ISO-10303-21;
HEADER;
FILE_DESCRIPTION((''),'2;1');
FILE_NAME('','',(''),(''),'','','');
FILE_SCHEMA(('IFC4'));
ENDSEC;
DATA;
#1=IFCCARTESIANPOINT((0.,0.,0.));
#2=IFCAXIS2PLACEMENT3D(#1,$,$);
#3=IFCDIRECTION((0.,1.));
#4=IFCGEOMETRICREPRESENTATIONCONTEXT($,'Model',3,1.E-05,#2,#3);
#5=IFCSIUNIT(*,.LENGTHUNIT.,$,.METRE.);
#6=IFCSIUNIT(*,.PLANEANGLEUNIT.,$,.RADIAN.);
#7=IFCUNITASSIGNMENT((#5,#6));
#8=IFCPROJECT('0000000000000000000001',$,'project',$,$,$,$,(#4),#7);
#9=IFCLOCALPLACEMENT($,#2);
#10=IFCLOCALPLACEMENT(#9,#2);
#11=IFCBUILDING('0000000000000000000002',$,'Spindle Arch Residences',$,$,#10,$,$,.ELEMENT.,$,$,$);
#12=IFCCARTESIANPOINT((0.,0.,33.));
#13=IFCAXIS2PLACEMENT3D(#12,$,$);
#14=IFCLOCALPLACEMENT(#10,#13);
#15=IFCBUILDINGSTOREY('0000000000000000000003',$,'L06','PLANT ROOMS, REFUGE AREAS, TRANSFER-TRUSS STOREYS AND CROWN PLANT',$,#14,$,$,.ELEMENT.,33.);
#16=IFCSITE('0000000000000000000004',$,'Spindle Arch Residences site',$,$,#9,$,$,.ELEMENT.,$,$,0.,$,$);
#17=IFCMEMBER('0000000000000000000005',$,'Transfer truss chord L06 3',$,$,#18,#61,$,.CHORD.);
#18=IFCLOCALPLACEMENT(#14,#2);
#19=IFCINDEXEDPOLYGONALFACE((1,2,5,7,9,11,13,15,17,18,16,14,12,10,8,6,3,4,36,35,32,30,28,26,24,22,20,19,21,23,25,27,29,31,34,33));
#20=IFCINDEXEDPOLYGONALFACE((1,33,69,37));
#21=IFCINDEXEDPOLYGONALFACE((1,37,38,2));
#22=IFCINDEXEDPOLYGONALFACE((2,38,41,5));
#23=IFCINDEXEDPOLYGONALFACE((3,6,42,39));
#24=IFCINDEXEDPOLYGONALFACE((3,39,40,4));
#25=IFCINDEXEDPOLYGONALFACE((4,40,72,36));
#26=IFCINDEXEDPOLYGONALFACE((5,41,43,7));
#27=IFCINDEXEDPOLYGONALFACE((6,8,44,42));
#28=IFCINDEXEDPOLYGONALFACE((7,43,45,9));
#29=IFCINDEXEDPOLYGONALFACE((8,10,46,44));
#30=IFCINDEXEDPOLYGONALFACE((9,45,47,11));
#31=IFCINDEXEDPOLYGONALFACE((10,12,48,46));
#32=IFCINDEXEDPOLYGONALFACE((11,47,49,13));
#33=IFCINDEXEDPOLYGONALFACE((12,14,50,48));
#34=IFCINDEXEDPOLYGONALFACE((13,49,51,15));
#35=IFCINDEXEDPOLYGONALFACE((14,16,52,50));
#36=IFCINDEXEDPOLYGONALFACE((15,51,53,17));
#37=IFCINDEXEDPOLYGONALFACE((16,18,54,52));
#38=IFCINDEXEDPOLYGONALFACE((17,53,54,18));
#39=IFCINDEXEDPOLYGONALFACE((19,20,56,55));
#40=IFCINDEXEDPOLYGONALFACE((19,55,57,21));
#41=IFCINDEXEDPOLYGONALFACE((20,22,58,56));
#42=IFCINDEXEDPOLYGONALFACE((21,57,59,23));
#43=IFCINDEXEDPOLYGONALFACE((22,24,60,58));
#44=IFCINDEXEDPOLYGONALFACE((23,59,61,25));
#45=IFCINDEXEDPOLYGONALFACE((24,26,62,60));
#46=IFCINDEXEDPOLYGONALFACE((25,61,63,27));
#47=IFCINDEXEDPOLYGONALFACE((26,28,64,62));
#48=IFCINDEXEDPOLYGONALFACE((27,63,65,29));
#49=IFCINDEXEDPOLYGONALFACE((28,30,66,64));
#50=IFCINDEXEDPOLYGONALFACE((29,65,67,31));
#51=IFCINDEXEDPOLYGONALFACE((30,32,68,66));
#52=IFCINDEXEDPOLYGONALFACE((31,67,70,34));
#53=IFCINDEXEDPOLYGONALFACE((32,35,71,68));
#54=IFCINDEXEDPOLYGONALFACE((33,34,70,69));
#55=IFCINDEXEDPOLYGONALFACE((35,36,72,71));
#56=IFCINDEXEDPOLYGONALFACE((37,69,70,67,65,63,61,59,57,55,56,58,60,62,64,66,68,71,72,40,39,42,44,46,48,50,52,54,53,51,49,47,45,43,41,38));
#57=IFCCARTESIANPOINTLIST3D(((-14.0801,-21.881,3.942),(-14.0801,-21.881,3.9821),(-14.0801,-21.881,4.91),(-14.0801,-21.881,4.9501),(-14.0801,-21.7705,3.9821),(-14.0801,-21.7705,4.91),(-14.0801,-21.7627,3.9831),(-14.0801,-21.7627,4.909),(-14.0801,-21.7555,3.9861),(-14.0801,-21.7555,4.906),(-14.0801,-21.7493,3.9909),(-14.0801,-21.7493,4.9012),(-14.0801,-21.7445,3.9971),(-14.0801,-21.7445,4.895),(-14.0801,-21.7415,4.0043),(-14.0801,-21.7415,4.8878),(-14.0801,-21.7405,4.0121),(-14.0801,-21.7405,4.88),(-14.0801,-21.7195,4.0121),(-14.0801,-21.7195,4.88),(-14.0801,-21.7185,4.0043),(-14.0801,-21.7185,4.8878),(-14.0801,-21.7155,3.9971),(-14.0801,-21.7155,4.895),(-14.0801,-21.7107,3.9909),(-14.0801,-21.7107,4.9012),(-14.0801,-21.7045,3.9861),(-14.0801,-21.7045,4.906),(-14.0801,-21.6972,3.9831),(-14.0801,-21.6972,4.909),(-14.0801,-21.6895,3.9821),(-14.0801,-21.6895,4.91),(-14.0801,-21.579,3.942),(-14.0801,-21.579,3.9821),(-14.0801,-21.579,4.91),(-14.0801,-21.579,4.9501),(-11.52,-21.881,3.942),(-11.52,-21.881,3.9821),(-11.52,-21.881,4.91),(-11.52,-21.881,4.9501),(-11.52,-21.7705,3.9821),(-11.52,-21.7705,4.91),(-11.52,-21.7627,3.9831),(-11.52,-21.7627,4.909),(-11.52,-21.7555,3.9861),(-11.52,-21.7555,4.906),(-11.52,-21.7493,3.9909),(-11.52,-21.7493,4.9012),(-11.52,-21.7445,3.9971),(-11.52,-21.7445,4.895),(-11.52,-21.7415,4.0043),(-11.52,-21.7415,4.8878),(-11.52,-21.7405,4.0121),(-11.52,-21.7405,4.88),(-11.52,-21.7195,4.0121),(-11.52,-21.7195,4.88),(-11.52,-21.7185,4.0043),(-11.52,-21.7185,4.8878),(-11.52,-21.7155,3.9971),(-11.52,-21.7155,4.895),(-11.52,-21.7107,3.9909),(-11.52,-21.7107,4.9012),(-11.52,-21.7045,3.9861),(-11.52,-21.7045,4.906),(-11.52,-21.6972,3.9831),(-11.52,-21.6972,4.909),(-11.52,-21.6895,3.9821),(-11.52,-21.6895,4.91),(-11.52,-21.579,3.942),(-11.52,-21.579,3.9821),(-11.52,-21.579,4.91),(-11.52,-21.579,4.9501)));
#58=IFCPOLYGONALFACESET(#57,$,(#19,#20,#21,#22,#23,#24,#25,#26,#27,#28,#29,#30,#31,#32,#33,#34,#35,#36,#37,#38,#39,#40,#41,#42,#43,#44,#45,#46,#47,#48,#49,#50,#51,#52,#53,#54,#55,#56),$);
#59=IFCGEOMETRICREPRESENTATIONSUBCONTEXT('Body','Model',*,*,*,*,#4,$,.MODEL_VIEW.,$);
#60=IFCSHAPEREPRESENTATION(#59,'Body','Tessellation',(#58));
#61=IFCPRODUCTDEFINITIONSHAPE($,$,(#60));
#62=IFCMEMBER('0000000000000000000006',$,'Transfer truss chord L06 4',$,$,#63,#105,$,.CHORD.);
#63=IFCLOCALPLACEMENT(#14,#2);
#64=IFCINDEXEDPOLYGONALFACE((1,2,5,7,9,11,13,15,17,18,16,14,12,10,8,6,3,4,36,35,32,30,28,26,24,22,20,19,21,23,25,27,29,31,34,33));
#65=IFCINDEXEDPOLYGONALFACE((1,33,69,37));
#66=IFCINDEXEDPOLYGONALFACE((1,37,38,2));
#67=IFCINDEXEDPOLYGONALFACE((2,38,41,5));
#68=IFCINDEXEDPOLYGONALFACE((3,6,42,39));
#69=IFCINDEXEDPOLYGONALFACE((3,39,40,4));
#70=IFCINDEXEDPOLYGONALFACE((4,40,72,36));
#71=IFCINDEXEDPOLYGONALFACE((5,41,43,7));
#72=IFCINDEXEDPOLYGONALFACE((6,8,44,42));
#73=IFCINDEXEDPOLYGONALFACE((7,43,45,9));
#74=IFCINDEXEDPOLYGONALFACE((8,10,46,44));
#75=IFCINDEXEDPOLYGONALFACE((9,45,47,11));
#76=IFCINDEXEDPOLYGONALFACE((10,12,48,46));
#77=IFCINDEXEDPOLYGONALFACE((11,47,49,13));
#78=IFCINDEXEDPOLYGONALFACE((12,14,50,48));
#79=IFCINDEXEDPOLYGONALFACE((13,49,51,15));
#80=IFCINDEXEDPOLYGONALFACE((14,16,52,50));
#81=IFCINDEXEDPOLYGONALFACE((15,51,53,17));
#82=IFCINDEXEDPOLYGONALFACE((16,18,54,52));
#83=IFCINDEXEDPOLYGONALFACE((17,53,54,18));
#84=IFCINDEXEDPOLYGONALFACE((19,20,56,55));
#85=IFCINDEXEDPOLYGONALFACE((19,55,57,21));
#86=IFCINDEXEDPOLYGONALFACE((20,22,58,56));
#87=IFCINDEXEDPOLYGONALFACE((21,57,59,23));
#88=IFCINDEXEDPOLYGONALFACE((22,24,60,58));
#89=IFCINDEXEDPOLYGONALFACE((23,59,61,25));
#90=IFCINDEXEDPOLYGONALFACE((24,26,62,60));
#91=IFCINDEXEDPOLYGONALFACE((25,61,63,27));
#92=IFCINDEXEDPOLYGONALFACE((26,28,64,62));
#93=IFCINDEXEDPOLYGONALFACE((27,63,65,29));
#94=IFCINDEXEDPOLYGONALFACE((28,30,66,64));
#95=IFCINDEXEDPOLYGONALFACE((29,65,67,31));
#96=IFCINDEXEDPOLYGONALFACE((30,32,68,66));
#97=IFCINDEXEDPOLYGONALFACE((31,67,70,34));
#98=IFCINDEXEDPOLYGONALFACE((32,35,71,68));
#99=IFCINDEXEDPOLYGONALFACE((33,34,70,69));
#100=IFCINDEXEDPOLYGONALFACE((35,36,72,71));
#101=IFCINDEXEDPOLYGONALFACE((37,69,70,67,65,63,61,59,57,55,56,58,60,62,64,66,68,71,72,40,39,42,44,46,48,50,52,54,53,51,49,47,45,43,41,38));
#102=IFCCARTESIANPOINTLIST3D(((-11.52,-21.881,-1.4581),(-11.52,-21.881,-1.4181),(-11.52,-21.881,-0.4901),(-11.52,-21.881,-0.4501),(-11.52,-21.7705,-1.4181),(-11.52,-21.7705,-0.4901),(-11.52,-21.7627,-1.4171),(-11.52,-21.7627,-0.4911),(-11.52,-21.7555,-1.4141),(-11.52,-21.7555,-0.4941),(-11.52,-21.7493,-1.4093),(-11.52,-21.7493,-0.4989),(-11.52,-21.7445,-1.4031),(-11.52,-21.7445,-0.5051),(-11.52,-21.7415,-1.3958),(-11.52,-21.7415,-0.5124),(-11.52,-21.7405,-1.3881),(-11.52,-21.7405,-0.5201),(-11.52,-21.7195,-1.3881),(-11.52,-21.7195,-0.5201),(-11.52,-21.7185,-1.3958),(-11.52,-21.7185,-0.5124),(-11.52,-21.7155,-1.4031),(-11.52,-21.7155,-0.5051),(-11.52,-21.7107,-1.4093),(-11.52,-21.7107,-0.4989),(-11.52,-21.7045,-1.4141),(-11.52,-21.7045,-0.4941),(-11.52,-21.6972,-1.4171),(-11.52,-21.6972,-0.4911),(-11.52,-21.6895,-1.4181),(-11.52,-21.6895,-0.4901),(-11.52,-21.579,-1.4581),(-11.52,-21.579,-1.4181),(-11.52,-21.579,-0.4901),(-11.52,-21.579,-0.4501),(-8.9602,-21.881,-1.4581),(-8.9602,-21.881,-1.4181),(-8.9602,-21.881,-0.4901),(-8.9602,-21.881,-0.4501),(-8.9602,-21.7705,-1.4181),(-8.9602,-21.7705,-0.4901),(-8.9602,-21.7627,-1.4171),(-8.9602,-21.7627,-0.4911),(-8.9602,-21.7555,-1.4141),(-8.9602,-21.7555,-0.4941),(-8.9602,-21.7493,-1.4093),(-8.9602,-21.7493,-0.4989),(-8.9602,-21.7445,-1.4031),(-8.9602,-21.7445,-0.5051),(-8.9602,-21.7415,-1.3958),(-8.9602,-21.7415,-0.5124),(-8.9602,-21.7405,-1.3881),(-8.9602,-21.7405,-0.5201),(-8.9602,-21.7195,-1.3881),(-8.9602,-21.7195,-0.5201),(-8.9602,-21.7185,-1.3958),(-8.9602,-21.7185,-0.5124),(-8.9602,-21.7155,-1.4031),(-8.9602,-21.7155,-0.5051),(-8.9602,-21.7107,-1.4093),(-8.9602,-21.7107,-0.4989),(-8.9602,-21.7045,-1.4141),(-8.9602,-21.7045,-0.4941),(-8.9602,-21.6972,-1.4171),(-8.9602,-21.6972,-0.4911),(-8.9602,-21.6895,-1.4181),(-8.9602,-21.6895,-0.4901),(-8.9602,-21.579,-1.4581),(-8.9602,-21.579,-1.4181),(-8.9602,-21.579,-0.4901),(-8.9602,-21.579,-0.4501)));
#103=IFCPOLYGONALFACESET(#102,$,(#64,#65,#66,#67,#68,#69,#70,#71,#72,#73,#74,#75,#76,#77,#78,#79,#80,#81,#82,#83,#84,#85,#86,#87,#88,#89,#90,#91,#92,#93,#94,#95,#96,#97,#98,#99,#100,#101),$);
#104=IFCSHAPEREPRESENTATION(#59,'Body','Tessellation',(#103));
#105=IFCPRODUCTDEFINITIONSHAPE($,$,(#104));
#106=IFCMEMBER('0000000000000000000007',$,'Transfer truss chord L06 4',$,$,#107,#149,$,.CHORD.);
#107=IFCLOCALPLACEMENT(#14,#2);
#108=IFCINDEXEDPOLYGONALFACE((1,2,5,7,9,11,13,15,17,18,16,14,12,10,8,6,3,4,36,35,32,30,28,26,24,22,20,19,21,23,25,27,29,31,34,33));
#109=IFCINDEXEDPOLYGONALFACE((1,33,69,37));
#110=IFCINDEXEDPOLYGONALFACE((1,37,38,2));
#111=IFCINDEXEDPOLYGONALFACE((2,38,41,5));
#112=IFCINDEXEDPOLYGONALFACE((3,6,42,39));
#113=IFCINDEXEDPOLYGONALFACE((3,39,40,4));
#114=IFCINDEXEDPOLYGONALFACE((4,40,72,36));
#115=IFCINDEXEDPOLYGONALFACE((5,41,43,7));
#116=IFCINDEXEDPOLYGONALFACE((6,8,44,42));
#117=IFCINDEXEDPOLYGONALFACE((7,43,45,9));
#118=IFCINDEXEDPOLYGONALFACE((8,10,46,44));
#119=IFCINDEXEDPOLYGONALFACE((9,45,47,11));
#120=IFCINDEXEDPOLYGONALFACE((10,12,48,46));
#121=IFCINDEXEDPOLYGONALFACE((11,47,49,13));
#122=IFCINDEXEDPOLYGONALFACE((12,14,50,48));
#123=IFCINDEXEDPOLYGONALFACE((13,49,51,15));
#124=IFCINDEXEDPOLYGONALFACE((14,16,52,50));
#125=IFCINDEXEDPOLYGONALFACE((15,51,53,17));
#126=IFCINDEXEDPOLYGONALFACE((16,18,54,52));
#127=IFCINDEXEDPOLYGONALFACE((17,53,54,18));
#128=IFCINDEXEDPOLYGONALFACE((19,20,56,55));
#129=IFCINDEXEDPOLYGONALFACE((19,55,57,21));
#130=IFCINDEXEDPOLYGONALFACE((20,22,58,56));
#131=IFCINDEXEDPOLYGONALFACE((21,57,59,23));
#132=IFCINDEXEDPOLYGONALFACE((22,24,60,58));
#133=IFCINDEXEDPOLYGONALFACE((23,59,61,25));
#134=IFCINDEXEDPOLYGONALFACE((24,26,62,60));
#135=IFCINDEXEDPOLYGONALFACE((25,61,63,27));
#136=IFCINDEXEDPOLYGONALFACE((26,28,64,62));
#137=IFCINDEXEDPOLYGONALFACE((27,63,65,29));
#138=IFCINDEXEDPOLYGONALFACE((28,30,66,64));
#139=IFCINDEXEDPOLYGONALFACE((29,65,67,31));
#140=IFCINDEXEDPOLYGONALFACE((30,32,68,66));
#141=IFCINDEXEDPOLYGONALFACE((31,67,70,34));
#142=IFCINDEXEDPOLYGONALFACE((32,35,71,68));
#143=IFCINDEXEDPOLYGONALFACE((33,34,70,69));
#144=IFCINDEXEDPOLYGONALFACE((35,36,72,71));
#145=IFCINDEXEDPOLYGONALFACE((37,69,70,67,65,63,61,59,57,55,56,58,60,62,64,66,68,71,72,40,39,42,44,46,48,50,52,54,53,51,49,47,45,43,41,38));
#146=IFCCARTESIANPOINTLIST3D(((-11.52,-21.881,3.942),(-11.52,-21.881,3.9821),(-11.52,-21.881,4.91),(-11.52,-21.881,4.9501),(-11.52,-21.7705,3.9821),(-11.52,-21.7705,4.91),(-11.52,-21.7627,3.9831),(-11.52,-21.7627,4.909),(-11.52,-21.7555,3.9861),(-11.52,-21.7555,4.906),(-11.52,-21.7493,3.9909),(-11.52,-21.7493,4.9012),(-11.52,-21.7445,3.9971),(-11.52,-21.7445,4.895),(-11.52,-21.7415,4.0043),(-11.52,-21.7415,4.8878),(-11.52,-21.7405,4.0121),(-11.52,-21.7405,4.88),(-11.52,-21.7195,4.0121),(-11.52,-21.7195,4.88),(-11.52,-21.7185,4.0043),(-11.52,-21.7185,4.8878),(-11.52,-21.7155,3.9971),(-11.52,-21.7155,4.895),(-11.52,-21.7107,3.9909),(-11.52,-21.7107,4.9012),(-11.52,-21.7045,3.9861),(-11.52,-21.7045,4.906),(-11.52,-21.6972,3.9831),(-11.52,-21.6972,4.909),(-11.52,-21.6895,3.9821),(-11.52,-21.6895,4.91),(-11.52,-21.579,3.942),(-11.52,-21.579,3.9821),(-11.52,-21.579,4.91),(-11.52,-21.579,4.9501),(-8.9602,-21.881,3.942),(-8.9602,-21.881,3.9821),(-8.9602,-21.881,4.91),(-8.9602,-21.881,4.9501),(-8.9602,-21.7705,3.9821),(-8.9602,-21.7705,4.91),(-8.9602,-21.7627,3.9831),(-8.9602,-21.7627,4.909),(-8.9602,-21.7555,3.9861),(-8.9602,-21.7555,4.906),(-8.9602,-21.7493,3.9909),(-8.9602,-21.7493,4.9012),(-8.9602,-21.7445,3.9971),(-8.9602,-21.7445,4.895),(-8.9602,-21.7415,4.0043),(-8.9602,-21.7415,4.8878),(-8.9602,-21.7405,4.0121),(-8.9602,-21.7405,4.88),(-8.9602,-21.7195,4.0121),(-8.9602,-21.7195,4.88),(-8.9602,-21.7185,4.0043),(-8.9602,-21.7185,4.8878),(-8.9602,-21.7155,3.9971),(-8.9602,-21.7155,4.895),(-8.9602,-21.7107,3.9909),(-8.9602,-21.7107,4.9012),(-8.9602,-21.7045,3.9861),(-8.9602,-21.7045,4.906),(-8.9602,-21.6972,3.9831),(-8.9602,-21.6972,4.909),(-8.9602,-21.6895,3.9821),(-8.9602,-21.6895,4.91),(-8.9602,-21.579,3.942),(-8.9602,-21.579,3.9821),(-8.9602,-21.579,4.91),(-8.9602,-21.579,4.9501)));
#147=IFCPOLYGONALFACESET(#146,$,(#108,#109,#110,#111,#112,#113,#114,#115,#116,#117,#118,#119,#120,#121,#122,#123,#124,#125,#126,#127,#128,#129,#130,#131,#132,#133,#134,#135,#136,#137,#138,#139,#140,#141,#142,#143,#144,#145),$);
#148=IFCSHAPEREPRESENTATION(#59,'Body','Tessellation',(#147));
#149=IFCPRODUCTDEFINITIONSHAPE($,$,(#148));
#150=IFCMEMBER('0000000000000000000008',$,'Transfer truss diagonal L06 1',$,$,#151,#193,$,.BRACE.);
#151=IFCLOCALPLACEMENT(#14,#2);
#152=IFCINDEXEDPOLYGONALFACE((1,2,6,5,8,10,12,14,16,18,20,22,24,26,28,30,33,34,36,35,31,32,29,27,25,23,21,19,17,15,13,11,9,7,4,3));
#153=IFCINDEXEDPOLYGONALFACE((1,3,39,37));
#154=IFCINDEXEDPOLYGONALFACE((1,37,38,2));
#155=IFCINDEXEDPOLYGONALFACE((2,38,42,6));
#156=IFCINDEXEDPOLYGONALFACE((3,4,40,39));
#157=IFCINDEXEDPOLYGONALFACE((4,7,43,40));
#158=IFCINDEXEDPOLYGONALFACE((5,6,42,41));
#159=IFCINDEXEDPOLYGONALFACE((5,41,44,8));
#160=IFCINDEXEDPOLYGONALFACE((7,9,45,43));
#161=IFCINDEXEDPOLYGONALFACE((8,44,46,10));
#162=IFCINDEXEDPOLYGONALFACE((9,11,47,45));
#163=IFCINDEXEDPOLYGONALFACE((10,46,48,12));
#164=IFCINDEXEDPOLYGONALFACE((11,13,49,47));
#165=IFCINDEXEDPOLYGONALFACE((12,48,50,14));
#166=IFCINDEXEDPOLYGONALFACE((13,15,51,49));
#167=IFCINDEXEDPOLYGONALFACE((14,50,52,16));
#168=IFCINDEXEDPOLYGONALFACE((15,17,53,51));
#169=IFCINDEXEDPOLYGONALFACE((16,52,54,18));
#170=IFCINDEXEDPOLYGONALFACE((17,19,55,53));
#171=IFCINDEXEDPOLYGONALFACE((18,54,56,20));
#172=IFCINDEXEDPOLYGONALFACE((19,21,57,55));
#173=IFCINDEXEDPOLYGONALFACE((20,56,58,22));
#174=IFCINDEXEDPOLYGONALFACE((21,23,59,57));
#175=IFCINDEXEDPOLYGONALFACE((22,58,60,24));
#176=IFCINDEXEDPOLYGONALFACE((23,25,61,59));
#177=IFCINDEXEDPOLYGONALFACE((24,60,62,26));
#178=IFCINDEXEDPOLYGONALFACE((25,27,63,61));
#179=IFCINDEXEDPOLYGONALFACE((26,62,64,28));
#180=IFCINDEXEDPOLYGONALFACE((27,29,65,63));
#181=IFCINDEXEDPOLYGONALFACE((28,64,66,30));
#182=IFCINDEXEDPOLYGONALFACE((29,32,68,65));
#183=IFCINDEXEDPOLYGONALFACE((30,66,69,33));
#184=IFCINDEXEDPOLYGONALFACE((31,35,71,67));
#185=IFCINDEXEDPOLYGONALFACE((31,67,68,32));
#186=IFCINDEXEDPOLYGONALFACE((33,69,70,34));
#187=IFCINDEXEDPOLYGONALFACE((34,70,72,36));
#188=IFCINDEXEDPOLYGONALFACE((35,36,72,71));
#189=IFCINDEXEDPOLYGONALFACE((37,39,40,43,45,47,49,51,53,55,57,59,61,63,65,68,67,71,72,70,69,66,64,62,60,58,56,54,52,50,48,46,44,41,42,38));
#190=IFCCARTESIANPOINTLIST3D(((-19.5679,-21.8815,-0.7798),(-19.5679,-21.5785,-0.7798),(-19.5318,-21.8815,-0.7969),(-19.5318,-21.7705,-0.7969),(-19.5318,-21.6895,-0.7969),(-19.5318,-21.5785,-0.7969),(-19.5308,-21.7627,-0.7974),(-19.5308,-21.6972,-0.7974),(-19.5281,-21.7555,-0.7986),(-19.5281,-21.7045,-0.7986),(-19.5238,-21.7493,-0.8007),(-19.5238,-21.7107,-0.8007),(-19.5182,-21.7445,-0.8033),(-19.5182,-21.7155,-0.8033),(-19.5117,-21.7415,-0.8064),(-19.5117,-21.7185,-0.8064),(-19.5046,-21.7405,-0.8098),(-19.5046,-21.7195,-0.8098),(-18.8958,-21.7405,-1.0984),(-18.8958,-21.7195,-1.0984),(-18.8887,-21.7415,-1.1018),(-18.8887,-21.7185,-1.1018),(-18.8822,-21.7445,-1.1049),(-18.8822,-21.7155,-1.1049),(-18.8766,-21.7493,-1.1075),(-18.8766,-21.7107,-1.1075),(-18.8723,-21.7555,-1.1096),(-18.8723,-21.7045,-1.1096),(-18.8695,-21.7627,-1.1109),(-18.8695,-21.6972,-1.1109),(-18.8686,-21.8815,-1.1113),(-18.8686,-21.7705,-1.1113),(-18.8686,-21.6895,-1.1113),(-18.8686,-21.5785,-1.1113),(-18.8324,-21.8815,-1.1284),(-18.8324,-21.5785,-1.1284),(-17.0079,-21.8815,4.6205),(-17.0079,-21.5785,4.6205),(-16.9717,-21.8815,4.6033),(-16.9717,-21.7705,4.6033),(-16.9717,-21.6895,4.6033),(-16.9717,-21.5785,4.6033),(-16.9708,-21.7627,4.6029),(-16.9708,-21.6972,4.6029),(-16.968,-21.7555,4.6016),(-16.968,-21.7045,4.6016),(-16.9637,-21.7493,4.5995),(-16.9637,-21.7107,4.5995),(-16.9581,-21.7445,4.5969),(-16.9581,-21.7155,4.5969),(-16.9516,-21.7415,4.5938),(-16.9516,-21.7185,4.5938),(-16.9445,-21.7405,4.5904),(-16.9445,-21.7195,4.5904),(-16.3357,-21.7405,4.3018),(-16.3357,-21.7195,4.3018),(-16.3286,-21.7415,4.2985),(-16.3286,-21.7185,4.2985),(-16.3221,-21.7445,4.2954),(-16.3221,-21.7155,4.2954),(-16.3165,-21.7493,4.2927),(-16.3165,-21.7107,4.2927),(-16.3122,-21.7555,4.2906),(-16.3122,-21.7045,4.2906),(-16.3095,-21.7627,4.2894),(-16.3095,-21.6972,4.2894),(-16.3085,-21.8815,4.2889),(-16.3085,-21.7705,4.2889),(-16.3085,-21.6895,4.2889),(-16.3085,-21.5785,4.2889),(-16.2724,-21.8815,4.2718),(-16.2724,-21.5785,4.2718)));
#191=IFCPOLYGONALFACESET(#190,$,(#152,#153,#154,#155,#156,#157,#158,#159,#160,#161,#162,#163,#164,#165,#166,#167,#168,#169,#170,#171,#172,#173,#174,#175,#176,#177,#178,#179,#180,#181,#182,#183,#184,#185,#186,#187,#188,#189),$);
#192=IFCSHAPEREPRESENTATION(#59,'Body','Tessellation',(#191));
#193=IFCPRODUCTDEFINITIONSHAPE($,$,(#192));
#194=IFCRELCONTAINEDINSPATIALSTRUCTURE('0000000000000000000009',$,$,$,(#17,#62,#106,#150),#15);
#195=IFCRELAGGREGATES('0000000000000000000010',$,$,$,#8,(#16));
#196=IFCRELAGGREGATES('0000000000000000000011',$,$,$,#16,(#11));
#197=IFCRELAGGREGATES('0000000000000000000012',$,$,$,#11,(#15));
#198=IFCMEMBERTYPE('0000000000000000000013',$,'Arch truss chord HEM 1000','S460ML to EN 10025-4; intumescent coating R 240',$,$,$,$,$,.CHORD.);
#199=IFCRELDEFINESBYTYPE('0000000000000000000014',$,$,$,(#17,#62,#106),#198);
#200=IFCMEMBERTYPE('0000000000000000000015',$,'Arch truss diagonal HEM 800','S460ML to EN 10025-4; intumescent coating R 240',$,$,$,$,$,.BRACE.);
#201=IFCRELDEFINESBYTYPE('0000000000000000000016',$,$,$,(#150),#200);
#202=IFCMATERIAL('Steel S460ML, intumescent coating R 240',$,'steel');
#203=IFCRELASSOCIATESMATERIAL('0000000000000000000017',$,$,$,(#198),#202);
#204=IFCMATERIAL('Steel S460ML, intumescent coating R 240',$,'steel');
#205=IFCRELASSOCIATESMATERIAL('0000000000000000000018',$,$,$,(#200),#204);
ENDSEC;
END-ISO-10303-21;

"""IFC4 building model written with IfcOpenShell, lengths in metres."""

from ifc_helpers import new_model, si_unit, direction, frame, origin, origin_2d, place, context, subcontext, project, spatial, i_section, extrude, material, material_profile, profile_set, type_object, element, save


model = new_model("IFC4")

# Units and contexts
model_context = context("Model", 3, precision=1e-05, world=origin(), true_north=direction((0.0, 1.0)))
body_context = subcontext(model_context, "Body", "Model", "MODEL_VIEW")
ifc_project = project(units=[si_unit("LENGTHUNIT", "METRE"), si_unit("PLANEANGLEUNIT", "RADIAN")], contexts=[model_context])

# Site, building, storey
site_placement = place(None, origin())
site = spatial("IfcSite", under=ifc_project, at=site_placement, Name="Spindle Arch Residences site", CompositionType="ELEMENT", RefElevation=0.0)
building_placement = place(site_placement, origin())
building = spatial("IfcBuilding", under=site, at=building_placement, Name="Spindle Arch Residences", CompositionType="ELEMENT")
storey_placement = place(building_placement, frame((0.0, 0.0, 33.0)))
storey = spatial("IfcBuildingStorey", under=building, at=storey_placement, Name="L06", Description="PLANT ROOMS, REFUGE AREAS, TRANSFER-TRUSS STOREYS AND CROWN PLANT", CompositionType="ELEMENT", Elevation=33.0)

# Members
ifc_material_1 = material(Name="Steel S460ML, intumescent coating R 240", Category="steel")
ifc_material_profile_1 = material_profile(ifc_material_1, i_section(OverallWidth=0.302, OverallDepth=1.0081, WebThickness=0.021, FlangeThickness=0.04, FilletRadius=0.03, at=origin_2d()), Name="HEM 1000")
ifc_profile_set_1 = profile_set([ifc_material_profile_1], Name="Steel S460ML, intumescent coating R 240")
member_type_1 = type_object("IfcMemberType", Name="Arch truss chord HEM 1000", Description="S460ML to EN 10025-4; intumescent coating R 240", PredefinedType="CHORD", material=ifc_profile_set_1)
for number, where, z_axis, x_axis, name in (
    (1, (-14.0801, -21.73, 4.446), (1.0, 0.0, 0.0), (0.0, 1.0, 0.0), "Transfer truss chord L06 3"),
):
    element("IfcMember", number, at=place(storey_placement, frame(where, z_axis=z_axis, x_axis=x_axis)), inside=storey, type_object=member_type_1, Name=name, PredefinedType="CHORD", context=body_context, shape_type="SweptSolid", body=[
        extrude(i_section(OverallWidth=0.302, OverallDepth=1.0081, WebThickness=0.021, FlangeThickness=0.04, FilletRadius=0.03, at=origin_2d()), origin(), (0.0, 0.0, 1.0), 2.5601),
    ])
for number, where, z_axis, x_axis, name in (
    (2, (-11.52, -21.73, -0.9541), (1.0, 0.0, 0.0), (0.0, 1.0, 0.0), "Transfer truss chord L06 4"),
    (3, (-11.52, -21.73, 4.446), (1.0, 0.0, 0.0), (0.0, 1.0, 0.0), "Transfer truss chord L06 4"),
):
    element("IfcMember", number, at=place(storey_placement, frame(where, z_axis=z_axis, x_axis=x_axis)), inside=storey, type_object=member_type_1, Name=name, PredefinedType="CHORD", context=body_context, shape_type="SweptSolid", body=[
        extrude(i_section(OverallWidth=0.302, OverallDepth=1.0081, WebThickness=0.021, FlangeThickness=0.04, FilletRadius=0.03, at=origin_2d()), origin(), (0.0, 0.0, 1.0), 2.5598),
    ])
ifc_material_2 = material(Name="Steel S460ML, intumescent coating R 240", Category="steel")
ifc_material_profile_2 = material_profile(ifc_material_2, i_section(OverallWidth=0.303, OverallDepth=0.814, WebThickness=0.021, FlangeThickness=0.04, FilletRadius=0.03, at=origin_2d()), Name="HEM 800")
ifc_profile_set_2 = profile_set([ifc_material_profile_2], Name="Steel S460ML, intumescent coating R 240")
member_type_2 = type_object("IfcMemberType", Name="Arch truss diagonal HEM 800", Description="S460ML to EN 10025-4; intumescent coating R 240", PredefinedType="BRACE", material=ifc_profile_set_2)
for number, where, z_axis, x_axis, name in (
    (4, (-19.2002, -21.73, -0.9541), (0.428373, 0.0, 0.903602), (0.0, 1.0, 0.0), "Transfer truss diagonal L06 1"),
):
    element("IfcMember", number, at=place(storey_placement, frame(where, z_axis=z_axis, x_axis=x_axis)), inside=storey, type_object=member_type_2, Name=name, PredefinedType="BRACE", context=body_context, shape_type="SweptSolid", body=[
        extrude(i_section(OverallWidth=0.303, OverallDepth=0.814, WebThickness=0.021, FlangeThickness=0.04, FilletRadius=0.03, at=origin_2d()), origin(), (0.0, 0.0, 1.0), 5.9763),
    ])

save(model, "model.ifc")
